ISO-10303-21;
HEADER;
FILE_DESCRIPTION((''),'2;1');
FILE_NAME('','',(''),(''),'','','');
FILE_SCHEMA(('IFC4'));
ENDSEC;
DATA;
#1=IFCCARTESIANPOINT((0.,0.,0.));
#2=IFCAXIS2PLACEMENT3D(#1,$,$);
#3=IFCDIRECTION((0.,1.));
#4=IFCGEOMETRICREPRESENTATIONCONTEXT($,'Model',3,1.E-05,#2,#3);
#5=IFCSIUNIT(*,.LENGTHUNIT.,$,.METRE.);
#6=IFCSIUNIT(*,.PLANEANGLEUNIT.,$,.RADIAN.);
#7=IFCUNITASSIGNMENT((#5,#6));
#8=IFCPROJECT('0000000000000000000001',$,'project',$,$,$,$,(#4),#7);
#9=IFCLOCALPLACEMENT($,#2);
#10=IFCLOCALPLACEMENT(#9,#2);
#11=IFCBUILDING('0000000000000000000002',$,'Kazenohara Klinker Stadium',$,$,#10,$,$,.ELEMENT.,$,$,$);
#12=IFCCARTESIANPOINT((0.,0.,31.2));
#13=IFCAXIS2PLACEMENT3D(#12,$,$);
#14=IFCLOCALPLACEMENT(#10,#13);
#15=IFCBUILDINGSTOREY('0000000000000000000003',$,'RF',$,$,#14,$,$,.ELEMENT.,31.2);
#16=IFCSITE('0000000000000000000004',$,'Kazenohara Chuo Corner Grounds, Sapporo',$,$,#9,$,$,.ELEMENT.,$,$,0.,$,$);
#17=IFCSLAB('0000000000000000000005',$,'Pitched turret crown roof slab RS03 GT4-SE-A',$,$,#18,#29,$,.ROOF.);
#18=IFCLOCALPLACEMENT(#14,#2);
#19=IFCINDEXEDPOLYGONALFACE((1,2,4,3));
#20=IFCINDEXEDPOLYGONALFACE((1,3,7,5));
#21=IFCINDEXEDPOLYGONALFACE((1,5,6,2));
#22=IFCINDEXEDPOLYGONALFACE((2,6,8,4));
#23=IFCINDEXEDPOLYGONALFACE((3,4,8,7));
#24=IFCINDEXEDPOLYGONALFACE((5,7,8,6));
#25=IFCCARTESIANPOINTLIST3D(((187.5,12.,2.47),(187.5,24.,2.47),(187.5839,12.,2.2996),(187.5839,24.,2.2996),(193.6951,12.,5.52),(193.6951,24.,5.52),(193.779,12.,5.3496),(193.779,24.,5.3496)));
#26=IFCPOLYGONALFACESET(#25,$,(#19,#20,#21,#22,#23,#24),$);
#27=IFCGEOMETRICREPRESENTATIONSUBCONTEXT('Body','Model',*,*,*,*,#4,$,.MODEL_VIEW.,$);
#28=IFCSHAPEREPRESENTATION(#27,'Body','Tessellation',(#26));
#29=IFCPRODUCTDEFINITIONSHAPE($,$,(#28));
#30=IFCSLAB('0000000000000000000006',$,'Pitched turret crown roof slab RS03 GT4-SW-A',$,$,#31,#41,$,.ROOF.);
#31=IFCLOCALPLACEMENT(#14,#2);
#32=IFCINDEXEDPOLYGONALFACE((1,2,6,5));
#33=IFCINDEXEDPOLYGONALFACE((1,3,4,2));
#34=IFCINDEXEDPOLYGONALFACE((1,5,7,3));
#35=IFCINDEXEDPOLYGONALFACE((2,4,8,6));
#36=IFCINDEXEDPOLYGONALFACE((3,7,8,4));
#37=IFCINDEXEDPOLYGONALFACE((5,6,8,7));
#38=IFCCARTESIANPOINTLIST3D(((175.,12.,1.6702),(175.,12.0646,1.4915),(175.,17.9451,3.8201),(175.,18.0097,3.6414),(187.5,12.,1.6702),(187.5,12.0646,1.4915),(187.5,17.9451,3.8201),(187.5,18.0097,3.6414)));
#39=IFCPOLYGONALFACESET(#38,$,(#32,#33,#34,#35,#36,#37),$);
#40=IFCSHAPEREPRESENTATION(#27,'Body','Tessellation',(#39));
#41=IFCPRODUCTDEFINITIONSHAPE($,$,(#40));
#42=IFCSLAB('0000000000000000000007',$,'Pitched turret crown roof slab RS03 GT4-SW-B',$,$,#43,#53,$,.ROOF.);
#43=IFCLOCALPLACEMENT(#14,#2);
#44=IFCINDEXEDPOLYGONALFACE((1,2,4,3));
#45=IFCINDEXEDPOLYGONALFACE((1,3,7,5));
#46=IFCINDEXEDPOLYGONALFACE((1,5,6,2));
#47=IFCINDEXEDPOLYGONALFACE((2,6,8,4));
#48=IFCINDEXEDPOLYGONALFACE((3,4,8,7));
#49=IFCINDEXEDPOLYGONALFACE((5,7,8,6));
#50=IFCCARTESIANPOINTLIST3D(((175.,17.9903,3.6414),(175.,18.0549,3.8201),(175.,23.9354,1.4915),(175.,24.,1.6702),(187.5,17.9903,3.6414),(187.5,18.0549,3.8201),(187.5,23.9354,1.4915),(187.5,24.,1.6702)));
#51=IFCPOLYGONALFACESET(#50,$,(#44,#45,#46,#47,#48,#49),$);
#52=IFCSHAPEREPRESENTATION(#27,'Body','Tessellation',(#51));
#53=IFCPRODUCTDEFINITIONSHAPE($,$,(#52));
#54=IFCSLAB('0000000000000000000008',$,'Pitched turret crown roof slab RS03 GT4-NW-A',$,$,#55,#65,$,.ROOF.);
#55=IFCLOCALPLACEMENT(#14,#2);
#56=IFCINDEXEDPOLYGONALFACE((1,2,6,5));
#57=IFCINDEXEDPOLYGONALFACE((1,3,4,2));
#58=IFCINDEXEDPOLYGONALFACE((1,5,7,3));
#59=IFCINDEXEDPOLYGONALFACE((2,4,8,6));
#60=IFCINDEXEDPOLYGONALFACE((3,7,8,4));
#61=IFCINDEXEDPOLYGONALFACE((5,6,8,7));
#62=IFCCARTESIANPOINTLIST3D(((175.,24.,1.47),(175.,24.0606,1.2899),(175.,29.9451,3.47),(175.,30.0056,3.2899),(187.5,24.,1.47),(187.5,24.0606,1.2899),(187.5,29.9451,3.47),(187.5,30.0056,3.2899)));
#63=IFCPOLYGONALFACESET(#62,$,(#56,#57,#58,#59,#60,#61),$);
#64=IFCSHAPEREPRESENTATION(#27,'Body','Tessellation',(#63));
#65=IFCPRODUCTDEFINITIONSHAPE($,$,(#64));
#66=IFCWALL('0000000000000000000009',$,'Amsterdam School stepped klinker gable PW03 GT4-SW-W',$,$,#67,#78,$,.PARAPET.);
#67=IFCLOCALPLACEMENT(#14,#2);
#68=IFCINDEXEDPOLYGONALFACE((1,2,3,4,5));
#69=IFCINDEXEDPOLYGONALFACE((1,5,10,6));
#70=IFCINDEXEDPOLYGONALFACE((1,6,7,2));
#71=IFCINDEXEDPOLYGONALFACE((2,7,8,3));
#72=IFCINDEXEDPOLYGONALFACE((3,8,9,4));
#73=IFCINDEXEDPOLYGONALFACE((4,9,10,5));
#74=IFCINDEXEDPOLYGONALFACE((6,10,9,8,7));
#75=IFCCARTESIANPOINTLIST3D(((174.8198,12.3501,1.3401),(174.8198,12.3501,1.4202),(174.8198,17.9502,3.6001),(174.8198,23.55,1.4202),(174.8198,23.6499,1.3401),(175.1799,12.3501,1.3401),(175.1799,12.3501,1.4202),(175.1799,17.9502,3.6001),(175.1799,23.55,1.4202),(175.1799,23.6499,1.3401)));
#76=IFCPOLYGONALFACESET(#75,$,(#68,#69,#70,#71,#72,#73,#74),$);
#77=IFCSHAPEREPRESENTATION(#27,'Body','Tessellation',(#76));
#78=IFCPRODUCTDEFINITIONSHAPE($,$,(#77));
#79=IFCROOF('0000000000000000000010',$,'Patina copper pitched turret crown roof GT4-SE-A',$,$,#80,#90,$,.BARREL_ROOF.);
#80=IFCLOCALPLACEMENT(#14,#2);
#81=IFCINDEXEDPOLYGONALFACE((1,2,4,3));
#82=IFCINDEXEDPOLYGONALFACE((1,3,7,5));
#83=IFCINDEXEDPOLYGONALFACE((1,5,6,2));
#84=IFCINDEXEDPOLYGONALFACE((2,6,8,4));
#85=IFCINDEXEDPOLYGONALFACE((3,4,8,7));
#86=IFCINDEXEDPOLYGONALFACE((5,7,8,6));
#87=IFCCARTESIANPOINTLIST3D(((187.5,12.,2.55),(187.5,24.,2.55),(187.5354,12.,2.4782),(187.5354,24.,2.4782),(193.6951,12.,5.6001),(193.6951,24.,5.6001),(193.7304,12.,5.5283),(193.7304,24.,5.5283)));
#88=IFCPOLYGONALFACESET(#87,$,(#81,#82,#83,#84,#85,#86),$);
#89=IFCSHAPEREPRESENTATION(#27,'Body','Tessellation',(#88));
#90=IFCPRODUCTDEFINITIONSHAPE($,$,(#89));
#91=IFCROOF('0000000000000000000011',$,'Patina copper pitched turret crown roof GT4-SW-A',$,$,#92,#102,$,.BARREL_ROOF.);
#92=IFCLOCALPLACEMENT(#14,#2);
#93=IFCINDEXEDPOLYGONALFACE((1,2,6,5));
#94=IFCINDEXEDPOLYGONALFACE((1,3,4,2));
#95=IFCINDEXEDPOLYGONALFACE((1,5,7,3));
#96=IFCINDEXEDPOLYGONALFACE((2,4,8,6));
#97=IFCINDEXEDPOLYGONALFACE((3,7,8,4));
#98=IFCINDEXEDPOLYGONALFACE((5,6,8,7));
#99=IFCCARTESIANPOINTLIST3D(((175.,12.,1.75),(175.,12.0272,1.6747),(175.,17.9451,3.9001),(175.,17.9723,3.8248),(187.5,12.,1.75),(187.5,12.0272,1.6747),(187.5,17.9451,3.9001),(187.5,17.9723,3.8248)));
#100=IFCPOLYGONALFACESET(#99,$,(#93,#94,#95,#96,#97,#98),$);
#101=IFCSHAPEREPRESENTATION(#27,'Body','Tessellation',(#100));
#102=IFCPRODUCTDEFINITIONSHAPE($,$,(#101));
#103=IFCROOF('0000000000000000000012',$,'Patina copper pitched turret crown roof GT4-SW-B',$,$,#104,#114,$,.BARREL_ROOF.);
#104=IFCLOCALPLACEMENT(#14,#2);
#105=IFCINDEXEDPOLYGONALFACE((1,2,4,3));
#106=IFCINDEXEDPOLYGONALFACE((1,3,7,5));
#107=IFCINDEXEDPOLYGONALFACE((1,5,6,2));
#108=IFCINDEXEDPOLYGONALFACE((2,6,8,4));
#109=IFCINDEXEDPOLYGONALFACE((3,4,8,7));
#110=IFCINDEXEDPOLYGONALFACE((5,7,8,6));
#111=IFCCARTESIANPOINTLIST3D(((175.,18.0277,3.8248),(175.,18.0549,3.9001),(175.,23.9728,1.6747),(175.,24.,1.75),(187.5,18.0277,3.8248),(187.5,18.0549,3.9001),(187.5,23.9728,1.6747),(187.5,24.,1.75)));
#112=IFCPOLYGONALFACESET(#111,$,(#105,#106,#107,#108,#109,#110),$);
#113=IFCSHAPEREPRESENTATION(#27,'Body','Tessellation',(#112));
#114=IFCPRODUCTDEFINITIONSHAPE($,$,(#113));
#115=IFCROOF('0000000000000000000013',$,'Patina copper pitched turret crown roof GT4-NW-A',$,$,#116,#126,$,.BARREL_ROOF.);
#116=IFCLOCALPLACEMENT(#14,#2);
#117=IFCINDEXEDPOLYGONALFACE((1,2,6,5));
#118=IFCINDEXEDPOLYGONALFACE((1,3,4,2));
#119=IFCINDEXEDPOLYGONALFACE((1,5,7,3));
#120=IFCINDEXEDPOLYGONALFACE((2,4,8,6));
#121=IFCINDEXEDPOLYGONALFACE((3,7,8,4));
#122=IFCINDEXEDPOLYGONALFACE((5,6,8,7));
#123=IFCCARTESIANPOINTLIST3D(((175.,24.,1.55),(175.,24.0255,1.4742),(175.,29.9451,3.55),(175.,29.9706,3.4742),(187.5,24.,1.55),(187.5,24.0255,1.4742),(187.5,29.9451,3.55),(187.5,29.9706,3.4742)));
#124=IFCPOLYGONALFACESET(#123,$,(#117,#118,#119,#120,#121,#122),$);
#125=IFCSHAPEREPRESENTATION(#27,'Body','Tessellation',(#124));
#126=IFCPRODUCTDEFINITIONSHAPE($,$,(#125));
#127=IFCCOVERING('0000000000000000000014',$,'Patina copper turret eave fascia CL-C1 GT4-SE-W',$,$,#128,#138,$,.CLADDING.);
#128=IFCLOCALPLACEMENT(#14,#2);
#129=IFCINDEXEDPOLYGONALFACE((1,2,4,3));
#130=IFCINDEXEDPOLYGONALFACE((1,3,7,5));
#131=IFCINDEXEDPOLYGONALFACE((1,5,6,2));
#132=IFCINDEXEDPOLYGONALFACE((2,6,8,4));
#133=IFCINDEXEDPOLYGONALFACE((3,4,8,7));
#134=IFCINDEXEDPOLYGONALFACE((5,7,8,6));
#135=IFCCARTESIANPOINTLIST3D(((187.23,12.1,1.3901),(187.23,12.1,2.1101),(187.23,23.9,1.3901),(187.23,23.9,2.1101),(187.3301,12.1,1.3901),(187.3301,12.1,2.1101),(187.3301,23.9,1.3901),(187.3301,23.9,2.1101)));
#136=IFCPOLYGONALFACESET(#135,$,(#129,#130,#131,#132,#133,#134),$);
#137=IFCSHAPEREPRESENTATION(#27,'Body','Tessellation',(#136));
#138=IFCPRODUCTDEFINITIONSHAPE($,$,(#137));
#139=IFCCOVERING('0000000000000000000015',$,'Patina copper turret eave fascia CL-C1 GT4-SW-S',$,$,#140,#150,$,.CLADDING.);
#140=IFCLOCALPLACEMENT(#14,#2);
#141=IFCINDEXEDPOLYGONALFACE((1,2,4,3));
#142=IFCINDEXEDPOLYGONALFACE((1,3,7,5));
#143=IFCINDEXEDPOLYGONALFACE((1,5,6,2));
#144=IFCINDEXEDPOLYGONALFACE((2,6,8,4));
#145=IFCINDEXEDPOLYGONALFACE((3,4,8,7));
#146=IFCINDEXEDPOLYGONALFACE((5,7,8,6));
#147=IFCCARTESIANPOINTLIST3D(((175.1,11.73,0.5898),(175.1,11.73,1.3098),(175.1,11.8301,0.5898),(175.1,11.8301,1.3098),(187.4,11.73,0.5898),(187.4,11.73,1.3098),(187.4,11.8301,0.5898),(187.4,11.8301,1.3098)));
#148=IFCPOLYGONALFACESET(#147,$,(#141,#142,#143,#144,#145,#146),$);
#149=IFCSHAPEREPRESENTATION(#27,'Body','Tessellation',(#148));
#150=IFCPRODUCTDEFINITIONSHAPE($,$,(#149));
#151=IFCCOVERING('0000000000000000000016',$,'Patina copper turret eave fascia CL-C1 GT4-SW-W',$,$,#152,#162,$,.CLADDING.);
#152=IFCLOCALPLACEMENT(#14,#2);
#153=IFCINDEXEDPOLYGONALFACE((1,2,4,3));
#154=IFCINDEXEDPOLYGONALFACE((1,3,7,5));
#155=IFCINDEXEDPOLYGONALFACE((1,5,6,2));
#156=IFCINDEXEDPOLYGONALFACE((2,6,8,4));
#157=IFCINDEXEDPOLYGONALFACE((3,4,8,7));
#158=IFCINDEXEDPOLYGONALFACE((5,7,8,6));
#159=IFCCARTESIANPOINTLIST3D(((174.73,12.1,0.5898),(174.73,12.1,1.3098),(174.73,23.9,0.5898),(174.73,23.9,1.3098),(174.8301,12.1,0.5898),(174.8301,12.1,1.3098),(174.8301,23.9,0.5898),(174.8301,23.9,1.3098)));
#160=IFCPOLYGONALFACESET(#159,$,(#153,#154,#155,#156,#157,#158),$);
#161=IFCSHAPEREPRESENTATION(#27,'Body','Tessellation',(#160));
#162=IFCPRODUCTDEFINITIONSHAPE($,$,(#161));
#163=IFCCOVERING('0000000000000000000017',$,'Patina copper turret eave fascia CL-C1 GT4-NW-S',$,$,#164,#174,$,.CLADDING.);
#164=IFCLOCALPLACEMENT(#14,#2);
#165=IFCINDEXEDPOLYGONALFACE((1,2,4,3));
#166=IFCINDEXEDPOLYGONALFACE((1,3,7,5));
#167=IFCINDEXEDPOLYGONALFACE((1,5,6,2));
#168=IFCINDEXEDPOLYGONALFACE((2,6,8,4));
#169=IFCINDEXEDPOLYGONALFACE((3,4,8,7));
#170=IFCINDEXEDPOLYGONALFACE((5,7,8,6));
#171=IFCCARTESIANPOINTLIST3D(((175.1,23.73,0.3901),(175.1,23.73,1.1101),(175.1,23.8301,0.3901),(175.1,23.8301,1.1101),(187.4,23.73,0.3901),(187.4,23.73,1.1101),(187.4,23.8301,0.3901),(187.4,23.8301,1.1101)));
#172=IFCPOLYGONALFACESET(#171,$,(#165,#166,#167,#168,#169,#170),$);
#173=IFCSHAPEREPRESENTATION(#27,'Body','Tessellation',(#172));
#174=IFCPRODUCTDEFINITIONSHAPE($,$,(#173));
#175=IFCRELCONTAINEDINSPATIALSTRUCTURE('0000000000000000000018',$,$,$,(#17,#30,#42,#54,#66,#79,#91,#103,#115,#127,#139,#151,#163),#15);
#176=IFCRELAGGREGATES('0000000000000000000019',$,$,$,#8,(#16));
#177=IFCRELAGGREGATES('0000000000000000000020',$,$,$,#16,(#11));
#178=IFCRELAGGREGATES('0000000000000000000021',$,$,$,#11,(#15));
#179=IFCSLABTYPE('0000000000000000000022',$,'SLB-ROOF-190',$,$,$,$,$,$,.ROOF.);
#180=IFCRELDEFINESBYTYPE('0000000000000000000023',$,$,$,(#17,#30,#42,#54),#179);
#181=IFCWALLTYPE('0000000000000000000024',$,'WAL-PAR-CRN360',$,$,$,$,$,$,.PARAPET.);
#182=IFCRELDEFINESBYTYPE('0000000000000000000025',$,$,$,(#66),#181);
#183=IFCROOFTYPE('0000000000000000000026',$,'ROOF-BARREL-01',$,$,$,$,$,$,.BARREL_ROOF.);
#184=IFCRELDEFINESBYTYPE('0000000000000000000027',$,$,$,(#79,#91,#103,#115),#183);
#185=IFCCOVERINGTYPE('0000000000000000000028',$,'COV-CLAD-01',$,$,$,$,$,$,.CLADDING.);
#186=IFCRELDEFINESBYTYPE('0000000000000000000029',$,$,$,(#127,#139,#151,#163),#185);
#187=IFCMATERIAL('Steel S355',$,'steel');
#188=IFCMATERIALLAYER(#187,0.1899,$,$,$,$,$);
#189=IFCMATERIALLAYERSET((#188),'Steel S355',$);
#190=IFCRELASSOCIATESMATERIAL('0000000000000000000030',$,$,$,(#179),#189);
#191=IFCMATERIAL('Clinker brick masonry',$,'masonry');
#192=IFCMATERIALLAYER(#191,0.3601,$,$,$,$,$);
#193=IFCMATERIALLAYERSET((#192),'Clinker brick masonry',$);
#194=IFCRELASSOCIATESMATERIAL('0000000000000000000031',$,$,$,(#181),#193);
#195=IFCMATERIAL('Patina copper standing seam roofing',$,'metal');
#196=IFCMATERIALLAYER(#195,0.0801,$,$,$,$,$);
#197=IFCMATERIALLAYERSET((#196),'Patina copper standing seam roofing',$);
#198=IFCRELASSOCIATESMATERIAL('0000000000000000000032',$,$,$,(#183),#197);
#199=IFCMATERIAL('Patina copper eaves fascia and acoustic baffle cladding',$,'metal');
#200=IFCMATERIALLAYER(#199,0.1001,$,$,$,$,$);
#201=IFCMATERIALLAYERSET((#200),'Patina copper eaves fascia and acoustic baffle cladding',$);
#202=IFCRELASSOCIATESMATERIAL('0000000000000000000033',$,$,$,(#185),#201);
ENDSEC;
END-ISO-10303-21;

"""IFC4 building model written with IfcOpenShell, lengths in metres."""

from ifc_helpers import new_model, si_unit, direction, frame, origin, origin_2d, place, context, subcontext, project, spatial, polyline, rectangle, outline, extrude, material, layer, layer_set, type_object, element, save


model = new_model("IFC4")

# Units and contexts
model_context = context("Model", 3, precision=1e-05, world=origin(), true_north=direction((0.0, 1.0)))
body_context = subcontext(model_context, "Body", "Model", "MODEL_VIEW")
ifc_project = project(units=[si_unit("LENGTHUNIT", "METRE"), si_unit("PLANEANGLEUNIT", "RADIAN")], contexts=[model_context])

# Site, building, storey
site_placement = place(None, origin())
site = spatial("IfcSite", under=ifc_project, at=site_placement, Name="Kazenohara Chuo Corner Grounds, Sapporo", CompositionType="ELEMENT", RefElevation=0.0)
building_placement = place(site_placement, origin())
building = spatial("IfcBuilding", under=site, at=building_placement, Name="Kazenohara Klinker Stadium", CompositionType="ELEMENT")
storey_placement = place(building_placement, frame((0.0, 0.0, 31.2)))
storey = spatial("IfcBuildingStorey", under=building, at=storey_placement, Name="RF", CompositionType="ELEMENT", Elevation=31.2)

# Shared definitions
ifc_material_1 = material(Name="Steel S355", Category="steel")

# Slabs
ifc_layer_1 = layer(ifc_material_1, 0.1899)
ifc_layer_set_1 = layer_set([ifc_layer_1], Name="Steel S355")
slab_type = type_object("IfcSlabType", Name="SLB-ROOF-190", PredefinedType="ROOF", material=ifc_layer_set_1)
slab_1_placement = place(storey_placement, frame((187.5, 12.0, 2.47), z_axis=(-0.441704, 0.0, 0.897161), x_axis=(0.897161, 0.0, 0.441704)))
element("IfcSlab", 1, at=slab_1_placement, inside=storey, type_object=slab_type, Name="Pitched turret crown roof slab RS03 GT4-SE-A", PredefinedType="ROOF", context=body_context, shape_type="SweptSolid", body=[
    extrude(outline(polyline([(0.0, 0.0), (6.9052, 0.0), (6.9052, 12.0), (0.0, 12.0), (0.0, 0.0)])), origin(), (0.0, 0.0, -1.0), 0.1899),
])
for number, where, z_axis, x_axis, name in (
    (2, (175.0, 12.0, 1.6702), (0.0, -0.340074, 0.940399), (1.0, 0.0, 0.0), "Pitched turret crown roof slab RS03 GT4-SW-A"),
    (3, (175.0, 18.0549, 3.8201), (0.0, 0.340074, 0.940399), (1.0, 0.0, 0.0), "Pitched turret crown roof slab RS03 GT4-SW-B"),
):
    element("IfcSlab", number, at=place(storey_placement, frame(where, z_axis=z_axis, x_axis=x_axis)), inside=storey, type_object=slab_type, Name=name, PredefinedType="ROOF", context=body_context, shape_type="SweptSolid", body=[
        extrude(outline(polyline([(0.0, 0.0), (12.5, 0.0), (12.5, 6.3219), (0.0, 6.3219), (0.0, 0.0)])), origin(), (0.0, 0.0, -1.0), 0.1899),
    ])
slab_2_placement = place(storey_placement, frame((175.0, 24.0, 1.47), z_axis=(0.0, -0.318854, 0.947804), x_axis=(1.0, 0.0, 0.0)))
element("IfcSlab", 4, at=slab_2_placement, inside=storey, type_object=slab_type, Name="Pitched turret crown roof slab RS03 GT4-NW-A", PredefinedType="ROOF", context=body_context, shape_type="SweptSolid", body=[
    extrude(outline(polyline([(0.0, 0.0), (12.5, 0.0), (12.5, 6.2725), (0.0, 6.2725), (0.0, 0.0)])), origin(), (0.0, 0.0, -1.0), 0.1899),
])

# Wall
ifc_material_2 = material(Name="Clinker brick masonry", Category="masonry")
ifc_layer_2 = layer(ifc_material_2, 0.3601)
ifc_layer_set_2 = layer_set([ifc_layer_2], Name="Clinker brick masonry")
wall_type = type_object("IfcWallType", Name="WAL-PAR-CRN360", PredefinedType="PARAPET", material=ifc_layer_set_2)
wall_placement = place(storey_placement, frame((175.0, 12.3501, 1.3401), z_axis=(0.0, 0.0, 1.0), x_axis=(0.0, 1.0, 0.0)))
element("IfcWall", 5, at=wall_placement, inside=storey, type_object=wall_type, Name="Amsterdam School stepped klinker gable PW03 GT4-SW-W", PredefinedType="PARAPET", context=body_context, shape_type="SweptSolid", body=[
    extrude(outline(polyline([(0.0, 0.0), (11.2998, 0.0), (11.2, 0.0801), (5.6001, 2.26), (0.0, 0.0801), (0.0, 0.0)])), frame((0.0, 0.1802, 0.0), z_axis=(0.0, -1.0, 0.0), x_axis=(1.0, 0.0, 0.0)), (0.0, 0.0, 1.0), 0.3601),
])

# Roofs
ifc_material_3 = material(Name="Patina copper standing seam roofing", Category="metal")
ifc_layer_3 = layer(ifc_material_3, 0.0801)
ifc_layer_set_3 = layer_set([ifc_layer_3], Name="Patina copper standing seam roofing")
roof_type = type_object("IfcRoofType", Name="ROOF-BARREL-01", PredefinedType="BARREL_ROOF", material=ifc_layer_set_3)
roof_1_placement = place(storey_placement, frame((187.5, 12.0, 2.55), z_axis=(-0.441704, 0.0, 0.897161), x_axis=(0.897161, 0.0, 0.441704)))
element("IfcRoof", 6, at=roof_1_placement, inside=storey, type_object=roof_type, Name="Patina copper pitched turret crown roof GT4-SE-A", PredefinedType="BARREL_ROOF", context=body_context, shape_type="SweptSolid", body=[
    extrude(outline(polyline([(0.0, 0.0), (6.9052, 0.0), (6.9052, 12.0), (0.0, 12.0), (0.0, 0.0)])), origin(), (0.0, 0.0, -1.0), 0.0801),
])
for number, where, z_axis, x_axis, name in (
    (7, (175.0, 12.0, 1.75), (0.0, -0.340108, 0.940386), (1.0, 0.0, 0.0), "Patina copper pitched turret crown roof GT4-SW-A"),
    (8, (175.0, 18.0549, 3.9001), (0.0, 0.340108, 0.940386), (1.0, 0.0, 0.0), "Patina copper pitched turret crown roof GT4-SW-B"),
):
    element("IfcRoof", number, at=place(storey_placement, frame(where, z_axis=z_axis, x_axis=x_axis)), inside=storey, type_object=roof_type, Name=name, PredefinedType="BARREL_ROOF", context=body_context, shape_type="SweptSolid", body=[
        extrude(outline(polyline([(0.0, 0.0), (12.5, 0.0), (12.5, 6.3219), (0.0, 6.3219), (0.0, 0.0)])), origin(), (0.0, 0.0, -1.0), 0.0801),
    ])
roof_2_placement = place(storey_placement, frame((175.0, 24.0, 1.55), z_axis=(0.0, -0.318854, 0.947804), x_axis=(1.0, 0.0, 0.0)))
element("IfcRoof", 9, at=roof_2_placement, inside=storey, type_object=roof_type, Name="Patina copper pitched turret crown roof GT4-NW-A", PredefinedType="BARREL_ROOF", context=body_context, shape_type="SweptSolid", body=[
    extrude(outline(polyline([(0.0, 0.0), (12.5, 0.0), (12.5, 6.2725), (0.0, 6.2725), (0.0, 0.0)])), origin(), (0.0, 0.0, -1.0), 0.0801),
])

# Coverings
ifc_material_4 = material(Name="Patina copper eaves fascia and acoustic baffle cladding", Category="metal")
ifc_layer_4 = layer(ifc_material_4, 0.1001)
ifc_layer_set_4 = layer_set([ifc_layer_4], Name="Patina copper eaves fascia and acoustic baffle cladding")
covering_type = type_object("IfcCoveringType", Name="COV-CLAD-01", PredefinedType="CLADDING", material=ifc_layer_set_4)
covering_1_placement = place(storey_placement, frame((187.28, 18.0, 1.3901), z_axis=(0.0, 0.0, 1.0), x_axis=(1.0, 0.0, 0.0)))
element("IfcCovering", 10, at=covering_1_placement, inside=storey, type_object=covering_type, Name="Patina copper turret eave fascia CL-C1 GT4-SE-W", PredefinedType="CLADDING", context=body_context, shape_type="SweptSolid", body=[
    extrude(rectangle(XDim=0.1001, YDim=11.8, at=origin_2d()), origin(), (0.0, 0.0, 1.0), 0.72),
])
covering_2_placement = place(storey_placement, frame((181.25, 11.78, 0.5898), z_axis=(0.0, 0.0, 1.0), x_axis=(1.0, 0.0, 0.0)))
element("IfcCovering", 11, at=covering_2_placement, inside=storey, type_object=covering_type, Name="Patina copper turret eave fascia CL-C1 GT4-SW-S", PredefinedType="CLADDING", context=body_context, shape_type="SweptSolid", body=[
    extrude(rectangle(XDim=12.3, YDim=0.1001, at=origin_2d()), origin(), (0.0, 0.0, 1.0), 0.72),
])
covering_3_placement = place(storey_placement, frame((174.78, 18.0, 0.5898), z_axis=(0.0, 0.0, 1.0), x_axis=(1.0, 0.0, 0.0)))
element("IfcCovering", 12, at=covering_3_placement, inside=storey, type_object=covering_type, Name="Patina copper turret eave fascia CL-C1 GT4-SW-W", PredefinedType="CLADDING", context=body_context, shape_type="SweptSolid", body=[
    extrude(rectangle(XDim=0.1001, YDim=11.8, at=origin_2d()), origin(), (0.0, 0.0, 1.0), 0.72),
])
covering_4_placement = place(storey_placement, frame((181.25, 23.78, 0.3901), z_axis=(0.0, 0.0, 1.0), x_axis=(1.0, 0.0, 0.0)))
element("IfcCovering", 13, at=covering_4_placement, inside=storey, type_object=covering_type, Name="Patina copper turret eave fascia CL-C1 GT4-NW-S", PredefinedType="CLADDING", context=body_context, shape_type="SweptSolid", body=[
    extrude(rectangle(XDim=12.3, YDim=0.1001, at=origin_2d()), origin(), (0.0, 0.0, 1.0), 0.72),
])

save(model, "model.ifc")
